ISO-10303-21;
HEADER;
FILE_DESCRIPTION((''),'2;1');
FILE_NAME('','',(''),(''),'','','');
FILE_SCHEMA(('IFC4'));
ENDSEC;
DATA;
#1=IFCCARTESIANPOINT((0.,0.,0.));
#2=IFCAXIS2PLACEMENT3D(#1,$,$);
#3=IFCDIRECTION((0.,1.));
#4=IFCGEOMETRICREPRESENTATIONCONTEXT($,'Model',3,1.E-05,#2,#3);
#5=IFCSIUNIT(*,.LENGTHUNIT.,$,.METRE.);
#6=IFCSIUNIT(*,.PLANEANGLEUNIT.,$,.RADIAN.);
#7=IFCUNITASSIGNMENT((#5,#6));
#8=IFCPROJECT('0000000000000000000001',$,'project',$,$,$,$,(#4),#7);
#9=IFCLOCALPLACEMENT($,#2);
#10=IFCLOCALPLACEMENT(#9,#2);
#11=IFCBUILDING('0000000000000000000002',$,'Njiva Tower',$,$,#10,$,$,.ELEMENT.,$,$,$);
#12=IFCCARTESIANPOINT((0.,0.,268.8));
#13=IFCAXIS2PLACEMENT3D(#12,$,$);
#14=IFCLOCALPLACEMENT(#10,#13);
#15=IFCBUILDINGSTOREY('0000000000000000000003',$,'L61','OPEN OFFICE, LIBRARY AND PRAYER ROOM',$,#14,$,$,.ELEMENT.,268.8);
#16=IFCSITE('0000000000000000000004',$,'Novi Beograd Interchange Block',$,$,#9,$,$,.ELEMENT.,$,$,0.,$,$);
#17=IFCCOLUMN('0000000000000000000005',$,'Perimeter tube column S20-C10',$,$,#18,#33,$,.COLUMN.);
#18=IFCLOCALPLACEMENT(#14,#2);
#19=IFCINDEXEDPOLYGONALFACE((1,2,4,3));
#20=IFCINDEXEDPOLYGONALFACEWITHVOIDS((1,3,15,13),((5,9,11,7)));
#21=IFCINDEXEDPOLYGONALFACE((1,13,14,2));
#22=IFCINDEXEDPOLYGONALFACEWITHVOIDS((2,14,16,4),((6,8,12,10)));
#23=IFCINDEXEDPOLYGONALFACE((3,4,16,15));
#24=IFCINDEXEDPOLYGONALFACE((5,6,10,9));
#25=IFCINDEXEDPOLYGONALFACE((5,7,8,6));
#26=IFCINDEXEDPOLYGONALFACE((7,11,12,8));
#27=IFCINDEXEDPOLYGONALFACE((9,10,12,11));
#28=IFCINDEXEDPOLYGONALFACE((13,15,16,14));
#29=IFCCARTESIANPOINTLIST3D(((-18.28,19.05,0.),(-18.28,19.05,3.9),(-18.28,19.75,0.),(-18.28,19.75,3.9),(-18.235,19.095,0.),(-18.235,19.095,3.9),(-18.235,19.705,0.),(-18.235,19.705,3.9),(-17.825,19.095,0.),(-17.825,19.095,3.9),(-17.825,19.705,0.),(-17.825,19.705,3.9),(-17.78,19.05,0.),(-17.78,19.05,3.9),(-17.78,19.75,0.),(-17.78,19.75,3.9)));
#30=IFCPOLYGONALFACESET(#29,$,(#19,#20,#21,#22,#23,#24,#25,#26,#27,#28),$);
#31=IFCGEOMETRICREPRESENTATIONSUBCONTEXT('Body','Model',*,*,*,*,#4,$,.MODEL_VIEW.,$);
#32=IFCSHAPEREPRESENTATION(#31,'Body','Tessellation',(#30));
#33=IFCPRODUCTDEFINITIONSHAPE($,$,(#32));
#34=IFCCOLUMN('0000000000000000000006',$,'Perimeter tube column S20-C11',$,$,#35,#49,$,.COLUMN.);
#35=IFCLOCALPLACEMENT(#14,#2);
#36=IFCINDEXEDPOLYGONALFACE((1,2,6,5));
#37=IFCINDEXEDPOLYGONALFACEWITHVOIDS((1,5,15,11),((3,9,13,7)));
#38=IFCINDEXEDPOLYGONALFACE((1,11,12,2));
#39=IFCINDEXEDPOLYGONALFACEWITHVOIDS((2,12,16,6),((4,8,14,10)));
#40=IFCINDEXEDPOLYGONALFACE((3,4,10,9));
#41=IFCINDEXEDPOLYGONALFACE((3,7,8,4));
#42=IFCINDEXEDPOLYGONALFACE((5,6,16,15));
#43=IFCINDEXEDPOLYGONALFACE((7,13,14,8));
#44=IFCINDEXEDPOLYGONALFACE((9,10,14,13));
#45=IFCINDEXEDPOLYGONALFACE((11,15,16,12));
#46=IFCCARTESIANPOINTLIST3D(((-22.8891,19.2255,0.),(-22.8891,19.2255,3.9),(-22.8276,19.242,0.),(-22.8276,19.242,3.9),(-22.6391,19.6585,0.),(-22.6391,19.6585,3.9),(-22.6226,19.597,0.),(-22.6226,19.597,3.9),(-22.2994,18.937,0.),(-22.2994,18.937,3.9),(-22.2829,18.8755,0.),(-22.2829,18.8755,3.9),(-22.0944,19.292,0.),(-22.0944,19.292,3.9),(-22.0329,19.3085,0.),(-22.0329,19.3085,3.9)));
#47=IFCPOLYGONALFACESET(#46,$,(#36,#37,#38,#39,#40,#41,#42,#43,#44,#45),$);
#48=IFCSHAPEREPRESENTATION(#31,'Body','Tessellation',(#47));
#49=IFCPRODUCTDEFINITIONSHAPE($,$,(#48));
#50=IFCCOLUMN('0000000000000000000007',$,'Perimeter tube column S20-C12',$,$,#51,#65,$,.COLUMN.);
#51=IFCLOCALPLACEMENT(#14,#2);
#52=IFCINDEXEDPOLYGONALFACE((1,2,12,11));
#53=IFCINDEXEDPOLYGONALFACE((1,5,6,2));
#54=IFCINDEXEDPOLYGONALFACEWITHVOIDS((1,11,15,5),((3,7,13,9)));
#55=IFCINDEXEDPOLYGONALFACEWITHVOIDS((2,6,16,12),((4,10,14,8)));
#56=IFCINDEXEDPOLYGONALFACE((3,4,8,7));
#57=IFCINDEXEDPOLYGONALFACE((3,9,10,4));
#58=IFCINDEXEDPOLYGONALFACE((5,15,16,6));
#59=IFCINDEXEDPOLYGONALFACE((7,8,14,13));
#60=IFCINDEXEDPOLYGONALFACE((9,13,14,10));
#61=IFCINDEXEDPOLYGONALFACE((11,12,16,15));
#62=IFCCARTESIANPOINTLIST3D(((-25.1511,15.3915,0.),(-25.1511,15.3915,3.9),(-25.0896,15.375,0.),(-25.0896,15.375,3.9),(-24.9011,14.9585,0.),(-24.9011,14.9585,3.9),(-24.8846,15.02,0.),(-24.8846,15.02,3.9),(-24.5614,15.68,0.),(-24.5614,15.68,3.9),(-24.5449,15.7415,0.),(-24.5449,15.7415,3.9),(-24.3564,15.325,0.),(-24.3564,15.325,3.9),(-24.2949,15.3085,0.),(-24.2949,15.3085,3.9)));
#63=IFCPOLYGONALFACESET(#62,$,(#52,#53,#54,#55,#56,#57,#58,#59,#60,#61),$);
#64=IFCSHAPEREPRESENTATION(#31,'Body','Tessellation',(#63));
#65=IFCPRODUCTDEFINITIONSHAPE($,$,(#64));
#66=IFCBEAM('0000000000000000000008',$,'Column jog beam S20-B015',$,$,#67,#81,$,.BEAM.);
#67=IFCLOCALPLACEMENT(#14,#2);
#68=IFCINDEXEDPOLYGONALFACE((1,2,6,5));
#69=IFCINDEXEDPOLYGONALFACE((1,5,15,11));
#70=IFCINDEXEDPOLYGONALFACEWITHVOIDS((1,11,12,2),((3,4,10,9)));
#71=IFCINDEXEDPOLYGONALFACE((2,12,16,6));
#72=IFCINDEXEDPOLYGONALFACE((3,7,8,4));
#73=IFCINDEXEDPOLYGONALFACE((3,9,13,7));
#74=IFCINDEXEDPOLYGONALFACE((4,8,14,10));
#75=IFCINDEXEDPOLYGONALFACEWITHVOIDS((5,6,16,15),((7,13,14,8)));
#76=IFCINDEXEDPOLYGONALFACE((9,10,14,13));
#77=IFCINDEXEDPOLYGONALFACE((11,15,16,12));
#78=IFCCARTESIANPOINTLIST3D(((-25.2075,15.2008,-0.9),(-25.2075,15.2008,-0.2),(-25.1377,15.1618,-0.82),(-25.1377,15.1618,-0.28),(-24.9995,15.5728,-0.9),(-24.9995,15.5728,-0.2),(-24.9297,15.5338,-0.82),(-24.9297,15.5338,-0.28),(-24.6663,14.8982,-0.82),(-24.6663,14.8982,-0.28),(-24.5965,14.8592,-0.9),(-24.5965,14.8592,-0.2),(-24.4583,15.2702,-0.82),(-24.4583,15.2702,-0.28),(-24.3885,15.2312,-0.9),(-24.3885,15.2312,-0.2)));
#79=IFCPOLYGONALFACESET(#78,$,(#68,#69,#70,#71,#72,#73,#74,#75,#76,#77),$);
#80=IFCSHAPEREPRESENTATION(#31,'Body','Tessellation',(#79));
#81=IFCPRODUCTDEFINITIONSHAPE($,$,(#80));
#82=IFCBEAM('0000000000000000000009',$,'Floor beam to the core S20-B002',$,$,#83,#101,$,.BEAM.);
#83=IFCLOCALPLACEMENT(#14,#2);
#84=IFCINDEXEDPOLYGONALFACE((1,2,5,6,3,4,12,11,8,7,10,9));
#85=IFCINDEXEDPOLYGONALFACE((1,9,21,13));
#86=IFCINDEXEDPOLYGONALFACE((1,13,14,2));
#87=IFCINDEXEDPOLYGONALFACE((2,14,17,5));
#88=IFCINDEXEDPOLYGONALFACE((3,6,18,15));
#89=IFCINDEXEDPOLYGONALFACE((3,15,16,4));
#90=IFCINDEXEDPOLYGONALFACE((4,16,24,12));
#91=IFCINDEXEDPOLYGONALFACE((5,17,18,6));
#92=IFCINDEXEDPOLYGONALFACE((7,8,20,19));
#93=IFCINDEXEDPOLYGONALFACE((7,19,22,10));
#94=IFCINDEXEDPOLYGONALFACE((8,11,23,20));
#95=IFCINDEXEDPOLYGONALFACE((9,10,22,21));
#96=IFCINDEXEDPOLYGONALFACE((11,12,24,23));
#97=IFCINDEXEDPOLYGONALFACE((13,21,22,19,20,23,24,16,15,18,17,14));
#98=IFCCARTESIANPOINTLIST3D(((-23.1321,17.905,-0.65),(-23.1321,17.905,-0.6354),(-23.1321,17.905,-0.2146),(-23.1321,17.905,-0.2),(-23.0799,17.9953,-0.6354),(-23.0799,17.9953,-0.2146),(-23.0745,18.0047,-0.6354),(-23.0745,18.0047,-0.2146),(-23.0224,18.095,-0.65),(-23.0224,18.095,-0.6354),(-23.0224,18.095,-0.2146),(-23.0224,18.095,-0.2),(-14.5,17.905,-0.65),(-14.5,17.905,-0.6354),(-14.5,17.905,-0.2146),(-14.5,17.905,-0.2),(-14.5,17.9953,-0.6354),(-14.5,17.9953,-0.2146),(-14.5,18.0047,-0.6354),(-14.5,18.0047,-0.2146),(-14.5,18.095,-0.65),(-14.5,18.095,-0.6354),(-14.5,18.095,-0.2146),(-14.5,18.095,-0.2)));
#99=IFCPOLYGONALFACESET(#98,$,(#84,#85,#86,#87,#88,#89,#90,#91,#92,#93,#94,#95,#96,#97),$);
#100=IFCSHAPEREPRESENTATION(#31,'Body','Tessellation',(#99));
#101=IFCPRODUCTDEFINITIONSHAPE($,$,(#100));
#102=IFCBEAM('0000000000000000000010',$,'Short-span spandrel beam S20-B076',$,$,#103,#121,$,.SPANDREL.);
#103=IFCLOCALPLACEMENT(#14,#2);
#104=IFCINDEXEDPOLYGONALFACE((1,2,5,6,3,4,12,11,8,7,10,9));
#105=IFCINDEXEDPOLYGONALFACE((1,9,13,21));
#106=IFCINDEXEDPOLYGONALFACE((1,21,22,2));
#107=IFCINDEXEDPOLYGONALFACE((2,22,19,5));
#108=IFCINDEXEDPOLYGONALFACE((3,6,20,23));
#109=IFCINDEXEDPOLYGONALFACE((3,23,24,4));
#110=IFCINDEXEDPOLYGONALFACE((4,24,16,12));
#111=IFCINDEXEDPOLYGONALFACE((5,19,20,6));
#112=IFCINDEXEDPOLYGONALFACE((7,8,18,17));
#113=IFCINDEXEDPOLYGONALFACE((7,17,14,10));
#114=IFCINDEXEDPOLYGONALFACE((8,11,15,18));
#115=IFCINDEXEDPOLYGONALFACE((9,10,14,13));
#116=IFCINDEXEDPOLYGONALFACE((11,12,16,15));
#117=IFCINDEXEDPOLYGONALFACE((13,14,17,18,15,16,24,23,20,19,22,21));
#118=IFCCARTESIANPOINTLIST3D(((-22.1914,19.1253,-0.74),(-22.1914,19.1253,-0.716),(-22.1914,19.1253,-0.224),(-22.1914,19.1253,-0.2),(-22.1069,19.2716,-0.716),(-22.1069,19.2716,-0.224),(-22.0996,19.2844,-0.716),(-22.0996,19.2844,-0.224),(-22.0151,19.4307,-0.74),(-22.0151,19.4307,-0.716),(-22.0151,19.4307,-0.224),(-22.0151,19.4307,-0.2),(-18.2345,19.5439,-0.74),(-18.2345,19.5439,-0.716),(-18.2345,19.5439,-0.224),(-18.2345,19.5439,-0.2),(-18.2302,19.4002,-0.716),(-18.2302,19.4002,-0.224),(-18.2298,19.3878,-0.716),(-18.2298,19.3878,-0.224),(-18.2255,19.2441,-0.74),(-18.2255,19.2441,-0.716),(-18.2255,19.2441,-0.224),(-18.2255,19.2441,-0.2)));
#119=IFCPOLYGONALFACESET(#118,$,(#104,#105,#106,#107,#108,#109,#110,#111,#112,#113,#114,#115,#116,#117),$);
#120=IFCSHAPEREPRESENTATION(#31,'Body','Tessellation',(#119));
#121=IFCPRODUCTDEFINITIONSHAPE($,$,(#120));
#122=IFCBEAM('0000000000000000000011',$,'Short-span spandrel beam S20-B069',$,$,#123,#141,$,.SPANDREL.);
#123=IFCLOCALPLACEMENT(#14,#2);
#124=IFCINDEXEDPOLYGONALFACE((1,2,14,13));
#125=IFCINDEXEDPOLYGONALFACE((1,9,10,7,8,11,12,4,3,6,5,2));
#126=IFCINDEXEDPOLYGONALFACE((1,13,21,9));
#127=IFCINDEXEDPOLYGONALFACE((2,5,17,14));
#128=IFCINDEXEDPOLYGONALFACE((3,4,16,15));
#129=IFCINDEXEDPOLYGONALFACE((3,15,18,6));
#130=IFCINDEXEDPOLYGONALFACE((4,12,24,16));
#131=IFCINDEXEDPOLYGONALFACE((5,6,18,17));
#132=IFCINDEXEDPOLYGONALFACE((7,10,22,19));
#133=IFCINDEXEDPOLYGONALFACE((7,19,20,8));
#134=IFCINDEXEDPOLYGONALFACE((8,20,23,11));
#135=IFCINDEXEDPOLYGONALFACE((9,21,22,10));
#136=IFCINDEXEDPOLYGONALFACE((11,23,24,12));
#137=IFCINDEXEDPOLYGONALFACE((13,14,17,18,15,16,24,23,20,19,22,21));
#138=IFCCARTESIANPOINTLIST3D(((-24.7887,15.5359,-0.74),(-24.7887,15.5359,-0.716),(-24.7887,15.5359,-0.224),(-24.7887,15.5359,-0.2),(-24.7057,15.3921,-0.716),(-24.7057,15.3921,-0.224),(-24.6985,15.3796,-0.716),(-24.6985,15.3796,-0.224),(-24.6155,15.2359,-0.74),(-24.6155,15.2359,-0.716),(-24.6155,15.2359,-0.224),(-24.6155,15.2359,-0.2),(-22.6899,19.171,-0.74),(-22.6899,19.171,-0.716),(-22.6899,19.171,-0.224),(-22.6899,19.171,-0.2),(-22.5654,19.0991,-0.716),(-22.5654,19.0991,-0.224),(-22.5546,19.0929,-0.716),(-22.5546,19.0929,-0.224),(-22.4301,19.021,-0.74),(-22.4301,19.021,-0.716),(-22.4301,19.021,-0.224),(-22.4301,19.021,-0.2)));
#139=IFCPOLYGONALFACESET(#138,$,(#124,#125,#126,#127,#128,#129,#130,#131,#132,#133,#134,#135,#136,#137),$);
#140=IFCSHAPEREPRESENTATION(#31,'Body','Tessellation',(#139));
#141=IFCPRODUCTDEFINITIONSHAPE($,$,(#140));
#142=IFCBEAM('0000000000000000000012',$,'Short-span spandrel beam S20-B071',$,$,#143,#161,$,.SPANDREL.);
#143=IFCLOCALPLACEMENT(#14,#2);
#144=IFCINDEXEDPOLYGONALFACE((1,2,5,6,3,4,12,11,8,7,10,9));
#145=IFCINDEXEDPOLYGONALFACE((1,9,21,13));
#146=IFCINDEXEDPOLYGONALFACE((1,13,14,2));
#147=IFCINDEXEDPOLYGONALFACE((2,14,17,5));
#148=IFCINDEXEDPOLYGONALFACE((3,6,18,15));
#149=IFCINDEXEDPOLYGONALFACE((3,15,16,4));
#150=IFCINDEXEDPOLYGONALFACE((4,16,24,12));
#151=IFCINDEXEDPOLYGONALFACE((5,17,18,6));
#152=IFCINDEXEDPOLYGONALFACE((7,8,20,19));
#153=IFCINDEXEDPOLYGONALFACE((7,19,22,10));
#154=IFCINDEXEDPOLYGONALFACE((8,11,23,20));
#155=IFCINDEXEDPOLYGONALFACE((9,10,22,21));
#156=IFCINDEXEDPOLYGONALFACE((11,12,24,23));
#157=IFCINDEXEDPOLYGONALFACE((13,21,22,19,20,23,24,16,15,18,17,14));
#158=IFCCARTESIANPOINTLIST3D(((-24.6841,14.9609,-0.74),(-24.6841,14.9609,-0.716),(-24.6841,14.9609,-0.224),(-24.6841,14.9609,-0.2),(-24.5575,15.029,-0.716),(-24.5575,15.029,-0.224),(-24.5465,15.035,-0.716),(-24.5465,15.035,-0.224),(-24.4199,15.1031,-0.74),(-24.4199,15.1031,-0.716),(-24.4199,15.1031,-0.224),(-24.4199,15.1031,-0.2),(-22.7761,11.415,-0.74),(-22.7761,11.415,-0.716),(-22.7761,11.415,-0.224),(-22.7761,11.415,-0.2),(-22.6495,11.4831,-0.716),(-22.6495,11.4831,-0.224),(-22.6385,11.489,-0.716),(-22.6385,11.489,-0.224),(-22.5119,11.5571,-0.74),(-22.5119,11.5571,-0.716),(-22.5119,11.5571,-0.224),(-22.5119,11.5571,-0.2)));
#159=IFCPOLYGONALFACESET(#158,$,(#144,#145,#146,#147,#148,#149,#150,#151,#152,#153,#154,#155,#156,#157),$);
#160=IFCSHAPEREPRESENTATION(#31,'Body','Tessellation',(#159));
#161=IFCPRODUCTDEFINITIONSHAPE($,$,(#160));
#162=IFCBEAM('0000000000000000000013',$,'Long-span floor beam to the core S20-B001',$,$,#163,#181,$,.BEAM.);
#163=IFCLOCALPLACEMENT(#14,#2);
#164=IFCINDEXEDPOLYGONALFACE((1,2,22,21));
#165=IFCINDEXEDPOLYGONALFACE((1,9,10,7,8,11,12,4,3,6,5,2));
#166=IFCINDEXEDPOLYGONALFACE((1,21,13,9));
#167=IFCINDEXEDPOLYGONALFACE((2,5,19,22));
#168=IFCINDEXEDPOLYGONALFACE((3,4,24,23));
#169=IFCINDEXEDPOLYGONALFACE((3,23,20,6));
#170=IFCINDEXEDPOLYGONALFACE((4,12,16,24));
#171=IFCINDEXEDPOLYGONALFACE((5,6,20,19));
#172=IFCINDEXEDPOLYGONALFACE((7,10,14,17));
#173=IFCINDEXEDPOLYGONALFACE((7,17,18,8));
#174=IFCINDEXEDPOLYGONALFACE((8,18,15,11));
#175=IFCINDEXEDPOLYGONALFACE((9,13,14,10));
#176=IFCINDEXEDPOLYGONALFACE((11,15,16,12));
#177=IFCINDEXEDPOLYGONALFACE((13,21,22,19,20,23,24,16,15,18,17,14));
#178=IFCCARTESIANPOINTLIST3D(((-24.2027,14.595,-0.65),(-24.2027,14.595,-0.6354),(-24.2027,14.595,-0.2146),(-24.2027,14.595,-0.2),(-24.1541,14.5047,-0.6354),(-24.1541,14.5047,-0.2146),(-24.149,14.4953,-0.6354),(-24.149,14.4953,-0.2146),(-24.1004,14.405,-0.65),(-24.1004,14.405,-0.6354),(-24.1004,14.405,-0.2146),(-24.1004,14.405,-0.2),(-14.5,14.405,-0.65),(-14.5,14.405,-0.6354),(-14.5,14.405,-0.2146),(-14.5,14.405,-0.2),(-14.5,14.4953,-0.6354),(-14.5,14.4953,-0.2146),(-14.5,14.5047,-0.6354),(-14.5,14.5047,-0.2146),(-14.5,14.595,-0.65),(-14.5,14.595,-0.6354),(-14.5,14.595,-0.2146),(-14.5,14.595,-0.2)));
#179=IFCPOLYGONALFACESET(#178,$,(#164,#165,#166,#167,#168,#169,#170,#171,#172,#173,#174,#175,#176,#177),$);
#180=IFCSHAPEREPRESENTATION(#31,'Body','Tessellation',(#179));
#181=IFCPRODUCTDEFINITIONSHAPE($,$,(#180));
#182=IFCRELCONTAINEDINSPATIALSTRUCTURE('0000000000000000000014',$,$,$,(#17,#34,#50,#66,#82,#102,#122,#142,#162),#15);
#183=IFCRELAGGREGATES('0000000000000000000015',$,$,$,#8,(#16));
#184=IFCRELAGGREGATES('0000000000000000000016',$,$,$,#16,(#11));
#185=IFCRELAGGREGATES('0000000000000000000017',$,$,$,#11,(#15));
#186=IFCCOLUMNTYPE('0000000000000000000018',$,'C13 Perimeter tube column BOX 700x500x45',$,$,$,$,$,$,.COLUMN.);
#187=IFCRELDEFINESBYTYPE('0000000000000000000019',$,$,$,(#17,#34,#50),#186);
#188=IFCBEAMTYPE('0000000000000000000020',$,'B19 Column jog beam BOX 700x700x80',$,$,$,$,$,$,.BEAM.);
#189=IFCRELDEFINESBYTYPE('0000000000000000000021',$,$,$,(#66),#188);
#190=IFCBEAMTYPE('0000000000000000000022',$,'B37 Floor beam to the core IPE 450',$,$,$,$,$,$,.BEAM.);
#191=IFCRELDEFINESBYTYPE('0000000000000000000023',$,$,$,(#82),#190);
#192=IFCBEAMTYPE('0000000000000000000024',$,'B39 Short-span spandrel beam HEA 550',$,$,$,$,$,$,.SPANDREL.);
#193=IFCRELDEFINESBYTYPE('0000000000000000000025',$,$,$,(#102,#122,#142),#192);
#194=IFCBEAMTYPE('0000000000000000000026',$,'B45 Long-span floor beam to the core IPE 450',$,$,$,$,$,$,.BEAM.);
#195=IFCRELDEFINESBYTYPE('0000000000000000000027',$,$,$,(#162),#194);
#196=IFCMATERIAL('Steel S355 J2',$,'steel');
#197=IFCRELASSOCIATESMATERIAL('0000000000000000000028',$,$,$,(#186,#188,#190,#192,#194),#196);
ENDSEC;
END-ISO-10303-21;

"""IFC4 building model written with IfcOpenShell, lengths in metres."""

from ifc_helpers import new_model, si_unit, direction, frame, origin, origin_2d, place, context, subcontext, project, spatial, hollow_rectangle, i_section, extrude, clip, halfspace, material, material_profile, profile_set, type_object, element, save


model = new_model("IFC4")

# Units and contexts
model_context = context("Model", 3, precision=1e-05, world=origin(), true_north=direction((0.0, 1.0)))
body_context = subcontext(model_context, "Body", "Model", "MODEL_VIEW")
ifc_project = project(units=[si_unit("LENGTHUNIT", "METRE"), si_unit("PLANEANGLEUNIT", "RADIAN")], contexts=[model_context])

# Site, building, storey
site_placement = place(None, origin())
site = spatial("IfcSite", under=ifc_project, at=site_placement, Name="Novi Beograd Interchange Block", CompositionType="ELEMENT", RefElevation=0.0)
building_placement = place(site_placement, origin())
building = spatial("IfcBuilding", under=site, at=building_placement, Name="Njiva Tower", CompositionType="ELEMENT")
storey_placement = place(building_placement, frame((0.0, 0.0, 268.8)))
storey = spatial("IfcBuildingStorey", under=building, at=storey_placement, Name="L61", Description="OPEN OFFICE, LIBRARY AND PRAYER ROOM", CompositionType="ELEMENT", Elevation=268.8)

# Columns
ifc_material_1 = material(Name="Steel S355 J2", Category="steel")
ifc_material_profile_1 = material_profile(ifc_material_1, hollow_rectangle(XDim=0.5, YDim=0.7, WallThickness=0.045, at=origin_2d()), Name="BOX 700x500x45")
ifc_profile_set_1 = profile_set([ifc_material_profile_1], Name="Steel S355 J2")
column_type = type_object("IfcColumnType", Name="C13 Perimeter tube column BOX 700x500x45", PredefinedType="COLUMN", material=ifc_profile_set_1)
for number, where, z_axis, x_axis, name in (
    (1, (-18.03, 19.4, 0.0), (0.0, 0.0, 1.0), (-1.0, 0.0, 0.0), "Perimeter tube column S20-C10"),
    (2, (-22.461, 19.267, 0.0), (0.0, 0.0, 1.0), (-0.5, -0.866025, 0.0), "Perimeter tube column S20-C11"),
    (3, (-24.723, 15.35, 0.0), (0.0, 0.0, 1.0), (0.5, -0.866025, 0.0), "Perimeter tube column S20-C12"),
):
    element("IfcColumn", number, at=place(storey_placement, frame(where, z_axis=z_axis, x_axis=x_axis)), inside=storey, type_object=column_type, Name=name, PredefinedType="COLUMN", context=body_context, shape_type="SweptSolid", body=[
        extrude(hollow_rectangle(XDim=0.5, YDim=0.7, WallThickness=0.045, at=origin_2d()), origin(), (0.0, 0.0, 1.0), 3.9),
    ])

# Beams
ifc_material_profile_2 = material_profile(ifc_material_1, hollow_rectangle(XDim=0.7, YDim=0.7, WallThickness=0.08, at=origin_2d()), Name="BOX 700x700x80")
ifc_profile_set_2 = profile_set([ifc_material_profile_2], Name="Steel S355 J2")
beam_type_1 = type_object("IfcBeamType", Name="B19 Column jog beam BOX 700x700x80", PredefinedType="BEAM", material=ifc_profile_set_2)
beam_1_placement = place(storey_placement, frame((-24.902, 15.03, -0.55), z_axis=(0.488032, 0.872826, 0.0), x_axis=(-0.872826, 0.488032, 0.0)))
element("IfcBeam", 4, at=beam_1_placement, inside=storey, type_object=beam_type_1, Name="Column jog beam S20-B015", PredefinedType="BEAM", context=body_context, shape_type="SweptSolid", body=[
    extrude(hollow_rectangle(XDim=0.7, YDim=0.7, WallThickness=0.08, at=origin_2d()), origin(), (0.0, 0.0, 1.0), 0.4262),
])
ifc_material_profile_3 = material_profile(ifc_material_1, i_section(OverallWidth=0.19, OverallDepth=0.45, WebThickness=0.0094, FlangeThickness=0.0146, at=origin_2d()), Name="IPE 450")
ifc_profile_set_3 = profile_set([ifc_material_profile_3], Name="Steel S355 J2")
beam_type_2 = type_object("IfcBeamType", Name="B37 Floor beam to the core IPE 450", PredefinedType="BEAM", material=ifc_profile_set_3)
beam_2_placement = place(storey_placement, frame((-23.152, 18.0, -0.425), z_axis=(1.0, 0.0, 0.0), x_axis=(0.0, 1.0, 0.0)))
element("IfcBeam", 5, at=beam_2_placement, inside=storey, type_object=beam_type_2, Name="Floor beam to the core S20-B002", PredefinedType="BEAM", context=body_context, shape_type="Clipping", body=[
    clip(extrude(i_section(OverallWidth=0.19, OverallDepth=0.45, WebThickness=0.0094, FlangeThickness=0.0146, at=origin_2d()), origin(), (0.0, 0.0, 1.0), 8.652), halfspace(frame((0.025, 0.0, 0.0892), z_axis=(0.499998, 0.0, -0.866027), x_axis=(0.0, -1.0, 0.0)), False)),
])
ifc_material_profile_4 = material_profile(ifc_material_1, i_section(OverallWidth=0.3, OverallDepth=0.54, WebThickness=0.0125, FlangeThickness=0.024, at=origin_2d()), Name="HEA 550")
ifc_profile_set_4 = profile_set([ifc_material_profile_4], Name="Steel S355 J2")
beam_type_3 = type_object("IfcBeamType", Name="B39 Short-span spandrel beam HEA 550", PredefinedType="SPANDREL", material=ifc_profile_set_4)
beam_3_placement = place(storey_placement, frame((-18.23, 19.394, -0.47), z_axis=(-0.999552, -0.029938, 0.0), x_axis=(0.029938, -0.999552, 0.0)))
element("IfcBeam", 6, at=beam_3_placement, inside=storey, type_object=beam_type_3, Name="Short-span spandrel beam S20-B076", PredefinedType="SPANDREL", context=body_context, shape_type="Clipping", body=[
    clip(extrude(i_section(OverallWidth=0.3, OverallDepth=0.54, WebThickness=0.0125, FlangeThickness=0.024, at=origin_2d()), origin(), (0.0, 0.0, 1.0), 3.9877), halfspace(frame((-0.0259, 0.0, 3.859), z_axis=(-0.525701, 0.0, 0.85067), x_axis=(0.0, 1.0, 0.0)), False)),
])
beam_4_placement = place(storey_placement, frame((-22.56, 19.096, -0.47), z_axis=(-0.500005, -0.866022, 0.0), x_axis=(0.866022, -0.500005, 0.0)))
element("IfcBeam", 7, at=beam_4_placement, inside=storey, type_object=beam_type_3, Name="Short-span spandrel beam S20-B069", PredefinedType="SPANDREL", context=body_context, shape_type="Clipping", body=[
    clip(extrude(i_section(OverallWidth=0.3, OverallDepth=0.54, WebThickness=0.0125, FlangeThickness=0.024, at=origin_2d()), origin(), (0.0, 0.0, 1.0), 4.391), halfspace(frame((-0.0249, 0.0, 4.2697), z_axis=(-0.499997, 0.0, 0.866027), x_axis=(0.0, 1.0, 0.0)), False)),
])
beam_5_placement = place(storey_placement, frame((-24.552, 15.032, -0.47), z_axis=(0.473833, -0.880615, 0.0), x_axis=(0.880615, 0.473833, 0.0)))
element("IfcBeam", 8, at=beam_5_placement, inside=storey, type_object=beam_type_3, Name="Short-span spandrel beam S20-B071", PredefinedType="SPANDREL", context=body_context, shape_type="SweptSolid", body=[
    extrude(i_section(OverallWidth=0.3, OverallDepth=0.54, WebThickness=0.0125, FlangeThickness=0.024, at=origin_2d()), origin(), (0.0, 0.0, 1.0), 4.0267),
])
ifc_material_profile_5 = material_profile(ifc_material_1, i_section(OverallWidth=0.19, OverallDepth=0.45, WebThickness=0.0094, FlangeThickness=0.0146, at=origin_2d()), Name="IPE 450")
ifc_profile_set_5 = profile_set([ifc_material_profile_5], Name="Steel S355 J2")
beam_type_4 = type_object("IfcBeamType", Name="B45 Long-span floor beam to the core IPE 450", PredefinedType="BEAM", material=ifc_profile_set_5)
beam_6_placement = place(storey_placement, frame((-24.223, 14.5, -0.425), z_axis=(1.0, 0.0, 0.0), x_axis=(0.0, 1.0, 0.0)))
element("IfcBeam", 9, at=beam_6_placement, inside=storey, type_object=beam_type_4, Name="Long-span floor beam to the core S20-B001", PredefinedType="BEAM", context=body_context, shape_type="Clipping", body=[
    clip(extrude(i_section(OverallWidth=0.19, OverallDepth=0.45, WebThickness=0.0094, FlangeThickness=0.0146, at=origin_2d()), origin(), (0.0, 0.0, 1.0), 9.723), halfspace(frame((-0.0237, 0.0, 0.0842), z_axis=(-0.473769, 0.0, -0.880649), x_axis=(0.0, -1.0, 0.0)), False)),
])

save(model, "model.ifc")
